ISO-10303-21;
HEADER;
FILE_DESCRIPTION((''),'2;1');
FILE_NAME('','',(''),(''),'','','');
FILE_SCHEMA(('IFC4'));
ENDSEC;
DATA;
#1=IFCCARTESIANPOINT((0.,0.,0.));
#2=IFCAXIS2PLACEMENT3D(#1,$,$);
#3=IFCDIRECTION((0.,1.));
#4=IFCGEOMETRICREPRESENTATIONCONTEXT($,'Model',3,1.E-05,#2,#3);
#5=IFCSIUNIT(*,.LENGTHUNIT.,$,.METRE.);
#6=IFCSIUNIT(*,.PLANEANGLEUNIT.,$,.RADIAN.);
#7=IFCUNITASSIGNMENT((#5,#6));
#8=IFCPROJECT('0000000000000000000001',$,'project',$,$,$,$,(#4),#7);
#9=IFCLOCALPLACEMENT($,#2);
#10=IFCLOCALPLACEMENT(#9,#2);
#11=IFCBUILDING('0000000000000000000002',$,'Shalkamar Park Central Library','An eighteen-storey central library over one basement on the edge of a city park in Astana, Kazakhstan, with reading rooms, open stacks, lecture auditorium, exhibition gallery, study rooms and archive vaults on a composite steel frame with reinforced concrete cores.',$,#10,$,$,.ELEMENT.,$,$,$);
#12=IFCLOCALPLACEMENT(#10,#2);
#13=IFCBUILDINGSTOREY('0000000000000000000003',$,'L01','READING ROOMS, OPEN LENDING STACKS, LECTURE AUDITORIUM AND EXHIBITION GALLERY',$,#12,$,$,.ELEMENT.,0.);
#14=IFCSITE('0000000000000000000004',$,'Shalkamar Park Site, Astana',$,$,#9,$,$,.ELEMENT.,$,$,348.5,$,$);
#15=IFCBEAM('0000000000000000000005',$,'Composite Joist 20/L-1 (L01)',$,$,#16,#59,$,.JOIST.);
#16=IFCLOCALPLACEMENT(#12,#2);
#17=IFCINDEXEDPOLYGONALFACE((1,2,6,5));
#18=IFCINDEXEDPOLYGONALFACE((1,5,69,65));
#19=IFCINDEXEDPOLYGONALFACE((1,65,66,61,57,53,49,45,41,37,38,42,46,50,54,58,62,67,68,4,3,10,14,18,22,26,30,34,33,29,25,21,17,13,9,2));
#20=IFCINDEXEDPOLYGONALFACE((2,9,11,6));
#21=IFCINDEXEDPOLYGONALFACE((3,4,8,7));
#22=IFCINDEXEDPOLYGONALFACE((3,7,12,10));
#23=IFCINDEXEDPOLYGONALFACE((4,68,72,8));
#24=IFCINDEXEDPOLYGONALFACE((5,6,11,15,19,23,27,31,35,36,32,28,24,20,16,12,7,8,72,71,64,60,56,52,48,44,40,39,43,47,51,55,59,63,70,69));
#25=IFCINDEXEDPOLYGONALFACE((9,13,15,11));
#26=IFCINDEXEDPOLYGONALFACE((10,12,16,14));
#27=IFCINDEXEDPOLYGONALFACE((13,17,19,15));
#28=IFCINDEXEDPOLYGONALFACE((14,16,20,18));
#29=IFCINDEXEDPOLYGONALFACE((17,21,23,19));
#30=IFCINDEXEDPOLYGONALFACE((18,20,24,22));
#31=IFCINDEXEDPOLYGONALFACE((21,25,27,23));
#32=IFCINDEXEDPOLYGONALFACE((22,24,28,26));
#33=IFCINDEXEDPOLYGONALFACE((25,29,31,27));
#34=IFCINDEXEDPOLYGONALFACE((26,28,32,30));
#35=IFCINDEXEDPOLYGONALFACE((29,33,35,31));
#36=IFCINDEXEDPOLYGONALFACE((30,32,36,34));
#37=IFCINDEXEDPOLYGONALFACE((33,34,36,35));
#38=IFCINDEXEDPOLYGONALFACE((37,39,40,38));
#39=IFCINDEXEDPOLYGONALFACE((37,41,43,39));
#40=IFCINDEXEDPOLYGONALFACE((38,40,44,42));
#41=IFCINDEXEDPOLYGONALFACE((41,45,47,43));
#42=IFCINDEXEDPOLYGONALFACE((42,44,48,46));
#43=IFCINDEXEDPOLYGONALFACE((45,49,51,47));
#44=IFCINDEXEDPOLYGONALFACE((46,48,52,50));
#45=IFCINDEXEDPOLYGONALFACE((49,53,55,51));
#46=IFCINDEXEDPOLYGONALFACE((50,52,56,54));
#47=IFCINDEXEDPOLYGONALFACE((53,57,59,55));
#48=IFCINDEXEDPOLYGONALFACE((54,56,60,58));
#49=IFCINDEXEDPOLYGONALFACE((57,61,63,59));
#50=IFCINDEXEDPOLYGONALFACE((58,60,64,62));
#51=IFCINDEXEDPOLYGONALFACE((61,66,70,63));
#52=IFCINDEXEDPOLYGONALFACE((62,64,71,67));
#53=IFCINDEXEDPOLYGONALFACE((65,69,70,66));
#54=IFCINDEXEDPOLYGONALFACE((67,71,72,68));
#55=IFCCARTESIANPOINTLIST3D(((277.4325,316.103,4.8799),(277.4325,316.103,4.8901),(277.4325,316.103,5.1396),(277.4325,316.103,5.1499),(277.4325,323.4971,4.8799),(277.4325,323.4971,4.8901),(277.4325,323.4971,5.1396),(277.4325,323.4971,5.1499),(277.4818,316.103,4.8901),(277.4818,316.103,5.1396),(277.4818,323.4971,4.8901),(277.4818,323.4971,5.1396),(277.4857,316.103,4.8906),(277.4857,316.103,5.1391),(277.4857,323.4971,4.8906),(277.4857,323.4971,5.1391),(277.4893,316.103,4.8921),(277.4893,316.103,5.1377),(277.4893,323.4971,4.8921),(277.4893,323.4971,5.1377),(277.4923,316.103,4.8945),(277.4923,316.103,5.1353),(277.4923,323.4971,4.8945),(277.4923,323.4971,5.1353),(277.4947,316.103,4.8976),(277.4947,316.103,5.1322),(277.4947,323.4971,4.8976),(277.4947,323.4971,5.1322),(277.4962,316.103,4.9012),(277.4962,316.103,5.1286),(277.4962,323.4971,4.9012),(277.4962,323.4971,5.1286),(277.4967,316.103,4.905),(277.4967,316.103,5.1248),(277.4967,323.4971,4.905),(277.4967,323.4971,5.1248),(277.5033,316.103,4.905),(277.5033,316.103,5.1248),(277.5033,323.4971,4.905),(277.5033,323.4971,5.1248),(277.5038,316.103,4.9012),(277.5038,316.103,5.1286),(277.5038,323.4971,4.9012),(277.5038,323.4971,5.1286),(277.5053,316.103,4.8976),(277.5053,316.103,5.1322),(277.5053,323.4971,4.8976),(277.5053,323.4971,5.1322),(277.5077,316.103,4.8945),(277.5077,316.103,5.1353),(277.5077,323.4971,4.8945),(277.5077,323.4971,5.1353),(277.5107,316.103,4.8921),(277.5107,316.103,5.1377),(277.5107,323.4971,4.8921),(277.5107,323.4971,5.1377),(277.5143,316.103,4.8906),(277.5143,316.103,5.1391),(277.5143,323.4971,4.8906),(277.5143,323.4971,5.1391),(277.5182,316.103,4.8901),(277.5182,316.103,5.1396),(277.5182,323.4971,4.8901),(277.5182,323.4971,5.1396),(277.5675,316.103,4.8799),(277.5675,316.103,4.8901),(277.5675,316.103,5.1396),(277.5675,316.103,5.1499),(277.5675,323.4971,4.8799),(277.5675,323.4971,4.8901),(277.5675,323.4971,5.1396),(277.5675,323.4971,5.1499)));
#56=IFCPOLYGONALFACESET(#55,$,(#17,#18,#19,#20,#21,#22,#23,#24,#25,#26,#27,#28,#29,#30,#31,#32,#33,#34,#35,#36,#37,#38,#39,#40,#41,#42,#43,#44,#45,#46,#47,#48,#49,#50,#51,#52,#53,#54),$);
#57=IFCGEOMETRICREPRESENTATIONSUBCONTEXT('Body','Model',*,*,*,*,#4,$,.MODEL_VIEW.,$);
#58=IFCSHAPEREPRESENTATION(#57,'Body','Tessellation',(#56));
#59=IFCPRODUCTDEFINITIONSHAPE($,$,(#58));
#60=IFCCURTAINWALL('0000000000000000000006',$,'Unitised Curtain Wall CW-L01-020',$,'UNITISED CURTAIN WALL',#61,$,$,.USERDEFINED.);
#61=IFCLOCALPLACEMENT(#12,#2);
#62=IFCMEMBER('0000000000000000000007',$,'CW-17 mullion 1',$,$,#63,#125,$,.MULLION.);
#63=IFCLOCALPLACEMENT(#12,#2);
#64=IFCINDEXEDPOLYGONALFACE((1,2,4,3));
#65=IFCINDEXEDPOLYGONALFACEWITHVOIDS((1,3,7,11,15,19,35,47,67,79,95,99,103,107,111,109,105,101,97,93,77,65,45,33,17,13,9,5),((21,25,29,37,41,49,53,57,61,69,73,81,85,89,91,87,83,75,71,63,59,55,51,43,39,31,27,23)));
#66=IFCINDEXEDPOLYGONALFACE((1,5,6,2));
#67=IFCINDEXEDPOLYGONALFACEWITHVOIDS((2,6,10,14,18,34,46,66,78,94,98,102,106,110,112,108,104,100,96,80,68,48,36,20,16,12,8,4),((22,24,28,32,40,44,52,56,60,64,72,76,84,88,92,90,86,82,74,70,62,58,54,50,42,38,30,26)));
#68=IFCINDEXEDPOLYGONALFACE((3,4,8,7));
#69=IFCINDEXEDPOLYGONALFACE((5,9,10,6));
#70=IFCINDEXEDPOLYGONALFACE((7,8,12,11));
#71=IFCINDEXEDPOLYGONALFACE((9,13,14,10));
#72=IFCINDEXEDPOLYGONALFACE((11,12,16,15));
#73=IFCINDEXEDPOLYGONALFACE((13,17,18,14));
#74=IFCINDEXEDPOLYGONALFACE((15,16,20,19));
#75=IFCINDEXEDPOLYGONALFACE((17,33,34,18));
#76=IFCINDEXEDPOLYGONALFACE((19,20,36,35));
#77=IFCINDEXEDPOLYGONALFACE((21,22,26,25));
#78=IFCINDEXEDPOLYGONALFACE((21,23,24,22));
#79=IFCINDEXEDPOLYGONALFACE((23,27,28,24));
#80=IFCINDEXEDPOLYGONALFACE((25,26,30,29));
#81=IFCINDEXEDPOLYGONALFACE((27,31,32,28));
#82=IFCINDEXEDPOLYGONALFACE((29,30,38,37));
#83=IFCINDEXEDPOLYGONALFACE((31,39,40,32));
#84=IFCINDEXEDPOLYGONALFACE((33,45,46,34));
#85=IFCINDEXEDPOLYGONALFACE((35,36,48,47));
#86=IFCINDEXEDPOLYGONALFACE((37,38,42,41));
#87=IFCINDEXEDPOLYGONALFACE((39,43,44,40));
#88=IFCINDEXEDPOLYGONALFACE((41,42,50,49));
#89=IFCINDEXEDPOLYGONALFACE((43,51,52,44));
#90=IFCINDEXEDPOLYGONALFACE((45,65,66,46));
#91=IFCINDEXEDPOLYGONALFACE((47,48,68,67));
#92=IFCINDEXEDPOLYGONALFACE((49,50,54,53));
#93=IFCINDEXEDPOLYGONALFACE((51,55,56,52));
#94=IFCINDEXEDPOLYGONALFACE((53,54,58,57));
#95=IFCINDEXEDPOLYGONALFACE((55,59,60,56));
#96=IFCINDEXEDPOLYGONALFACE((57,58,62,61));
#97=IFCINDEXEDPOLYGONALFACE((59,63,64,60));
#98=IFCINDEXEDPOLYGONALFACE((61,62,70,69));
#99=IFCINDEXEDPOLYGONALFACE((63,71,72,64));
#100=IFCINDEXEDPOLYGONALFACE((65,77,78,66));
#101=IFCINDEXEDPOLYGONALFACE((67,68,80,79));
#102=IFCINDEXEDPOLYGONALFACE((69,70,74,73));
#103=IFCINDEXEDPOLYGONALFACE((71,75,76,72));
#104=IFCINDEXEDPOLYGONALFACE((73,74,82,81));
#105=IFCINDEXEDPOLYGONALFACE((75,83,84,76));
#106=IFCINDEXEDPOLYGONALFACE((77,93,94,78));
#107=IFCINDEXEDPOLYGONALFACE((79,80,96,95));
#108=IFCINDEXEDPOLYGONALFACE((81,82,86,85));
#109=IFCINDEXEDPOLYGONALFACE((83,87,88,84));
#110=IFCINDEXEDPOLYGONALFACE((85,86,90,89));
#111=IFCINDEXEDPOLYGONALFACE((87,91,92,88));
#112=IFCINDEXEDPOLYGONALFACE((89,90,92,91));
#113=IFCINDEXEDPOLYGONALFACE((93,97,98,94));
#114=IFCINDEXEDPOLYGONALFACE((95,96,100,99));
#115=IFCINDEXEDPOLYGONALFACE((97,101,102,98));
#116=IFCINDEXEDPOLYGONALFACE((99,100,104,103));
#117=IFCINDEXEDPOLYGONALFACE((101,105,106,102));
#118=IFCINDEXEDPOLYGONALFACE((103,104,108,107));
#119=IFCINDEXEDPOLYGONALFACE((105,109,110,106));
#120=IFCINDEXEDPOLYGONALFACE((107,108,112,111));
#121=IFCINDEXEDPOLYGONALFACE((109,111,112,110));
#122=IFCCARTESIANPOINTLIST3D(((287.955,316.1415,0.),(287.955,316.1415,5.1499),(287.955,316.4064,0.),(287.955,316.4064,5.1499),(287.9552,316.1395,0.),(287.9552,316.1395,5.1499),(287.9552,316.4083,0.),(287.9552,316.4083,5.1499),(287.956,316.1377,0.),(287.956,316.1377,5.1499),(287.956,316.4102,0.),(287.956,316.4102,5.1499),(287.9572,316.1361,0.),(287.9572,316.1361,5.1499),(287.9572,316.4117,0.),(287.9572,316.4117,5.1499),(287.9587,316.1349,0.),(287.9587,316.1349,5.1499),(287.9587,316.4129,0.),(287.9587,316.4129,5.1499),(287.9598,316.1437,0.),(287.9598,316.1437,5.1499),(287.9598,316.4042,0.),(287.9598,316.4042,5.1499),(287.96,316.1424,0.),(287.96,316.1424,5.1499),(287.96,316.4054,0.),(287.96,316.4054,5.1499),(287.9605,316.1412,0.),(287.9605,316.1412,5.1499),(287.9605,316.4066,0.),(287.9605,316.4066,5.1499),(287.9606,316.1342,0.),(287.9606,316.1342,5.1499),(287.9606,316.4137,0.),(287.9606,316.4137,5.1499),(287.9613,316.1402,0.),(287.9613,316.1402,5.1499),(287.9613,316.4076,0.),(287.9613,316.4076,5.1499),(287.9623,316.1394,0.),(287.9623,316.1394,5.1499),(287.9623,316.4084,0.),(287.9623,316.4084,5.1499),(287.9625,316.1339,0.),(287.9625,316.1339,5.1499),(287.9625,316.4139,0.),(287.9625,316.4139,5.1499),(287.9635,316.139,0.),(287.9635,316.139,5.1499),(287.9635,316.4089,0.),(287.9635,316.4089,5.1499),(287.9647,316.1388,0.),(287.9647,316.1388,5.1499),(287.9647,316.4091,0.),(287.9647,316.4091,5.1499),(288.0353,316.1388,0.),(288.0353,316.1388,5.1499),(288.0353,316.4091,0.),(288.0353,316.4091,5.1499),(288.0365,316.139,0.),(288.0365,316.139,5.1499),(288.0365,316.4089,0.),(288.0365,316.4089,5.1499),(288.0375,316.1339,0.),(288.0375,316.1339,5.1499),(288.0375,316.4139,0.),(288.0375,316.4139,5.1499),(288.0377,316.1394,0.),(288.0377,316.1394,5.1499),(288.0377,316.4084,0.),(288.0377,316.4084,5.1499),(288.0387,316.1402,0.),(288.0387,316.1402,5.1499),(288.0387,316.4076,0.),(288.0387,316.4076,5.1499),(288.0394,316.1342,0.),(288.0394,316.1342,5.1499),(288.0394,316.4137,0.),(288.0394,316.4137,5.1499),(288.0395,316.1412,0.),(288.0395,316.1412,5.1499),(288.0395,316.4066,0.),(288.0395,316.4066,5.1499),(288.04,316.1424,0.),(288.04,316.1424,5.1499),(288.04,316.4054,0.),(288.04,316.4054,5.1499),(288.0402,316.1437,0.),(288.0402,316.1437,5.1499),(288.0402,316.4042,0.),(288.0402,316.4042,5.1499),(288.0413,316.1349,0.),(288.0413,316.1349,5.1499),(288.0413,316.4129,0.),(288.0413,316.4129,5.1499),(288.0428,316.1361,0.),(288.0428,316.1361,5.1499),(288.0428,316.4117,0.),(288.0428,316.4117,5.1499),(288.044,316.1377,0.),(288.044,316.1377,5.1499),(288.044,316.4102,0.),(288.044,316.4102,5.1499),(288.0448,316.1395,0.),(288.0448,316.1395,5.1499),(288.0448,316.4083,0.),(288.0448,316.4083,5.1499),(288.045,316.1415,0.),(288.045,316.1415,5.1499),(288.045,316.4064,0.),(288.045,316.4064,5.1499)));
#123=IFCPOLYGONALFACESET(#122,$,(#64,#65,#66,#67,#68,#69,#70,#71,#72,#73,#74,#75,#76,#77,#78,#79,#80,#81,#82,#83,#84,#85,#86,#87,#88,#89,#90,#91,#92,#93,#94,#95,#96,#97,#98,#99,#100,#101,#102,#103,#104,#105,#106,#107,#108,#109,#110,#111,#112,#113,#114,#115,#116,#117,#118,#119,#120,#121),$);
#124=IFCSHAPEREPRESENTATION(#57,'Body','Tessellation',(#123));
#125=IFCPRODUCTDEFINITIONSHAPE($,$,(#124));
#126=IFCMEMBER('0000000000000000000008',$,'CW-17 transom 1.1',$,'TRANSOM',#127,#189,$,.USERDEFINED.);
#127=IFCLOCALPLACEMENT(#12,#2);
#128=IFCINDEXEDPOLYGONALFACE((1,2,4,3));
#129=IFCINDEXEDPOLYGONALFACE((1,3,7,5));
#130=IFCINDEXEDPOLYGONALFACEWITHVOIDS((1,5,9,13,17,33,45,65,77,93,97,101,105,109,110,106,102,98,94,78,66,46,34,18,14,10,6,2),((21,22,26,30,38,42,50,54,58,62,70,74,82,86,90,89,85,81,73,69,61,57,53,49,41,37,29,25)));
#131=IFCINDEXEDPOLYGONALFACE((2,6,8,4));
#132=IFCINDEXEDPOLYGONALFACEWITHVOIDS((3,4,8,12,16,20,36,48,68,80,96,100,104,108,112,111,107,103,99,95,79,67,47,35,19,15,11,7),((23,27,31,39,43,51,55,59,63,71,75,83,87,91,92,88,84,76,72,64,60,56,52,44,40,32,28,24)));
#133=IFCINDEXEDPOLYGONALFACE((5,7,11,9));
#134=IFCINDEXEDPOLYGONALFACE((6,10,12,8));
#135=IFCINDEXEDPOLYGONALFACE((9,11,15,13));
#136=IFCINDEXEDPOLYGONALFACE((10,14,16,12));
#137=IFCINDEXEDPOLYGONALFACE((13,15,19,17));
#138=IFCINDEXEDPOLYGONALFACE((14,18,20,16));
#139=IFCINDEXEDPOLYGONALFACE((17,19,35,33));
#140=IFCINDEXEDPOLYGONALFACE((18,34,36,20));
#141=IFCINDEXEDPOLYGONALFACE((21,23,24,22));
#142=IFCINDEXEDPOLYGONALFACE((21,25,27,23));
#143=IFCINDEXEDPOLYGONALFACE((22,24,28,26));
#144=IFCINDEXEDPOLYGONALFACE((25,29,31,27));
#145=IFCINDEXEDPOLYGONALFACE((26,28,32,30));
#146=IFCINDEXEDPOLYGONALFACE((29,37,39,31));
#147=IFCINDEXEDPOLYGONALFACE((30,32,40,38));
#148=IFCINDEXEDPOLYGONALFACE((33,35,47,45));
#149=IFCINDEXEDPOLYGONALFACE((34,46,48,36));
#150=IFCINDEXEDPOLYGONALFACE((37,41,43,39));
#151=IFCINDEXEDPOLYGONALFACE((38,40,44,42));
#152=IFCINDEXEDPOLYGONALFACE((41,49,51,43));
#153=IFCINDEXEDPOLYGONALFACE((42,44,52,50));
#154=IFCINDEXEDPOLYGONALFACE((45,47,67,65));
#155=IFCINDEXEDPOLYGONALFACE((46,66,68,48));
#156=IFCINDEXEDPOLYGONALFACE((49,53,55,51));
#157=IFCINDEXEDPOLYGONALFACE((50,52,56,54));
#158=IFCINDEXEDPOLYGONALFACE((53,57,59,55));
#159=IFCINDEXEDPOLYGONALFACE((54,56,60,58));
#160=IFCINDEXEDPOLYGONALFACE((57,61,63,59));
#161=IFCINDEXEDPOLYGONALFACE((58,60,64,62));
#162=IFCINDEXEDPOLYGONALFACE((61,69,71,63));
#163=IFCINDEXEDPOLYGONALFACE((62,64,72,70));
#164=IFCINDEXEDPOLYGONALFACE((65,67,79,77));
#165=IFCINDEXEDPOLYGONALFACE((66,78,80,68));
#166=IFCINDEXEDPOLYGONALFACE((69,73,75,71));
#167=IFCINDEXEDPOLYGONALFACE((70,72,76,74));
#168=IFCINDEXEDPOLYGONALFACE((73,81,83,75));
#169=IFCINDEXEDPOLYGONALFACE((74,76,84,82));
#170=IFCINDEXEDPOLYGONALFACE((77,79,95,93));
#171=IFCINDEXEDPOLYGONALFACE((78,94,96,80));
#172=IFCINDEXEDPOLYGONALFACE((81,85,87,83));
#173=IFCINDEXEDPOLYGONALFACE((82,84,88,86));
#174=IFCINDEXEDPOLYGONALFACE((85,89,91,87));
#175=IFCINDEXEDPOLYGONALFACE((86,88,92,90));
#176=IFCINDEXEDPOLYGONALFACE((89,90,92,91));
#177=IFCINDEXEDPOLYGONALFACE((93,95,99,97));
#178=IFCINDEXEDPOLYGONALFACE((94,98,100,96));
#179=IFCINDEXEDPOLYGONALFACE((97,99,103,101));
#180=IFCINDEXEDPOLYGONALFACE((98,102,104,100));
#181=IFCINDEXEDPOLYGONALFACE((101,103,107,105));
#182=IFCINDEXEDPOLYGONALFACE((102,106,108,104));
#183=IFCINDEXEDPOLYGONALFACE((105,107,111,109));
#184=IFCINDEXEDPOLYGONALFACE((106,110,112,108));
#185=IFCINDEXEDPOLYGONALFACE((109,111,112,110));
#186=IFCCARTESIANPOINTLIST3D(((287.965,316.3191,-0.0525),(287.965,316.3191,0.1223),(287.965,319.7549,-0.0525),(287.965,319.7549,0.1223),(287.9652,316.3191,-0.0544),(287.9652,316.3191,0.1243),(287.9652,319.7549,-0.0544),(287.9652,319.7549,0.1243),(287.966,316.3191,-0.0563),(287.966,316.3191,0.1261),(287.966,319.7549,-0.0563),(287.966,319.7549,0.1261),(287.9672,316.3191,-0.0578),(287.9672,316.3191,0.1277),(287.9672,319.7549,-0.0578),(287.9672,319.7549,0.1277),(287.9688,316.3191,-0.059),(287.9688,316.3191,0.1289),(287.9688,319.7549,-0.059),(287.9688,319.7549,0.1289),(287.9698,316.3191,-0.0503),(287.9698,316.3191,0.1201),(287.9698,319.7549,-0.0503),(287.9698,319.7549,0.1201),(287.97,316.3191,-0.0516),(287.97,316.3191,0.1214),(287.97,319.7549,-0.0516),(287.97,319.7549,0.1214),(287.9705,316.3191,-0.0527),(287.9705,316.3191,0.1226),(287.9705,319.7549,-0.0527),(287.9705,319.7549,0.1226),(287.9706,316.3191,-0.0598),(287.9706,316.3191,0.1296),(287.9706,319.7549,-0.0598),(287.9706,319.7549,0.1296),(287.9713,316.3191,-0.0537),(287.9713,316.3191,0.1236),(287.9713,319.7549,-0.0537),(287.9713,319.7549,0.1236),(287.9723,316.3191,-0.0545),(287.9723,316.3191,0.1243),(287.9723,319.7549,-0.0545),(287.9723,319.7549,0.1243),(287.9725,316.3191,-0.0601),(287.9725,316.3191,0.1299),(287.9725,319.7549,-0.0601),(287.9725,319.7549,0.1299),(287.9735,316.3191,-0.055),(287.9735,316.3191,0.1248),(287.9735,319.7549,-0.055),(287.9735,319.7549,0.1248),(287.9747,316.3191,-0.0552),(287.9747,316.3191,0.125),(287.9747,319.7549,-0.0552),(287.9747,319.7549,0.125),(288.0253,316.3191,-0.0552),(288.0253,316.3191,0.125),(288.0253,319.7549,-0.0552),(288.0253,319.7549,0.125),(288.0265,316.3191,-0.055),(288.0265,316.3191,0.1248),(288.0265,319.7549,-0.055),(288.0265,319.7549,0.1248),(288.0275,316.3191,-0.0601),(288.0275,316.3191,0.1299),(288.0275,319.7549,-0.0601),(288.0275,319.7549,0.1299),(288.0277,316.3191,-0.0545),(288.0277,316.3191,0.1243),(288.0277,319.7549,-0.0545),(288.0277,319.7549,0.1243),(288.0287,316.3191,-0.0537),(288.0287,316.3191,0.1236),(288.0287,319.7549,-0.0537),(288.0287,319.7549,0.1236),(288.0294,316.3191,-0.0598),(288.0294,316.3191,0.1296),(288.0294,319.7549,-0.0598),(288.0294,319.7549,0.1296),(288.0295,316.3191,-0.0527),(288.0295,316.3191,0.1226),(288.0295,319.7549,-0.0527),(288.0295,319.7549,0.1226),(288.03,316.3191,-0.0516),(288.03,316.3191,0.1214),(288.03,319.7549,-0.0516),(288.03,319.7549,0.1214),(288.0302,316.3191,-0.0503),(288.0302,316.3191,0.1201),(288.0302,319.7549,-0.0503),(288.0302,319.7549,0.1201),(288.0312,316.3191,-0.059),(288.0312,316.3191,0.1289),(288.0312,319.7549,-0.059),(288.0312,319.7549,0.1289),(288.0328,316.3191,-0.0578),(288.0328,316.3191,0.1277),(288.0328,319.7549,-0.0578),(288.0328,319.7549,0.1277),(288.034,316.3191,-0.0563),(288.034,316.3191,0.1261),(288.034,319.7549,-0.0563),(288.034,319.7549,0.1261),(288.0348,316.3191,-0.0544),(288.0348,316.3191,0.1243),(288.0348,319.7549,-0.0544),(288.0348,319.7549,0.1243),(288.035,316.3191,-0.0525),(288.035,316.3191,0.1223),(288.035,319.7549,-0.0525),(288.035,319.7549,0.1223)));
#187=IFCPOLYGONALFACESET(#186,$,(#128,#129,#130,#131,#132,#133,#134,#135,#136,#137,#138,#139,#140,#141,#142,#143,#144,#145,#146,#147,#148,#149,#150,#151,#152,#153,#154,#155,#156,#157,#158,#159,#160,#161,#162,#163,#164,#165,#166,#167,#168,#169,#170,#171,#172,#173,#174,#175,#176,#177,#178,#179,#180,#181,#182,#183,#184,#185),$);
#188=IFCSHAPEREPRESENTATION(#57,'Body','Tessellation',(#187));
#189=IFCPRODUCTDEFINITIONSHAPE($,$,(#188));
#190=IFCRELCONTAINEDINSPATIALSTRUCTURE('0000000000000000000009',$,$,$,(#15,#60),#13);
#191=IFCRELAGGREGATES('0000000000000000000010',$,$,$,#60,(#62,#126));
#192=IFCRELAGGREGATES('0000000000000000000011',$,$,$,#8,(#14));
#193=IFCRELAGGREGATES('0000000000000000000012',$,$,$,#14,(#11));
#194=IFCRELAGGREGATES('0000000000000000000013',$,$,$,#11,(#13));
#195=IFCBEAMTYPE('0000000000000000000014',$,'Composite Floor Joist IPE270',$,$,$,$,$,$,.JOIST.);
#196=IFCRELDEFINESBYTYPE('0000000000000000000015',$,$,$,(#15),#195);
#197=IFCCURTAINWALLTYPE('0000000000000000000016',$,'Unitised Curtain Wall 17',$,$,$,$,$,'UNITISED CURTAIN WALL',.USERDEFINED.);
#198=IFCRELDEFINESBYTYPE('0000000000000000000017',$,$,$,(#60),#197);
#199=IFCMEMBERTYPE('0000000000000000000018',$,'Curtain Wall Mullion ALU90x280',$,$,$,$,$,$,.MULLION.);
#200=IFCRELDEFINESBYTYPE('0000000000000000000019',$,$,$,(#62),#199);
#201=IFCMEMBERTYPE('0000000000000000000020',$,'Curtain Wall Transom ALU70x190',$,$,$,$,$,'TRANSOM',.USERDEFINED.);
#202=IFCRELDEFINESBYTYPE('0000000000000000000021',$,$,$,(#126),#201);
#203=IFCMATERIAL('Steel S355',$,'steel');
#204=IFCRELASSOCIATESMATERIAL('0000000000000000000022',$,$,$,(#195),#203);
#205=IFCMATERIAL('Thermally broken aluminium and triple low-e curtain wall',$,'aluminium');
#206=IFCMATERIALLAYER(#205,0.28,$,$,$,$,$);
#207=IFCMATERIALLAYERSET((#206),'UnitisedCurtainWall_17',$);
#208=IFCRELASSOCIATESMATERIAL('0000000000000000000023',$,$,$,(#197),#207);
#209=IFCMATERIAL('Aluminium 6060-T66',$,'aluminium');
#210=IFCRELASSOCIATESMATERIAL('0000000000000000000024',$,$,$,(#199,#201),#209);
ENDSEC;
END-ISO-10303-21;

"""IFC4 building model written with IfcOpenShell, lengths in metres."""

from ifc_helpers import new_model, si_unit, direction, frame, origin, origin_2d, place, context, subcontext, project, spatial, hollow_rectangle, i_section, extrude, material, layer, layer_set, material_profile, profile_set, type_object, element, aggregate, save


model = new_model("IFC4")

# Units and contexts
model_context = context("Model", 3, precision=1e-05, world=origin(), true_north=direction((0.0, 1.0)))
body_context = subcontext(model_context, "Body", "Model", "MODEL_VIEW")
ifc_project = project(units=[si_unit("LENGTHUNIT", "METRE"), si_unit("PLANEANGLEUNIT", "RADIAN")], contexts=[model_context])

# Site, building, storey
site_placement = place(None, origin())
site = spatial("IfcSite", under=ifc_project, at=site_placement, Name="Shalkamar Park Site, Astana", CompositionType="ELEMENT", RefElevation=348.5)
building_placement = place(site_placement, origin())
building = spatial("IfcBuilding", under=site, at=building_placement, Name="Shalkamar Park Central Library", Description="An eighteen-storey central library over one basement on the edge of a city park in Astana, Kazakhstan, with reading rooms, open stacks, lecture auditorium, exhibition gallery, study rooms and archive vaults on a composite steel frame with reinforced concrete cores.", CompositionType="ELEMENT")
storey_placement = place(building_placement, origin())
storey = spatial("IfcBuildingStorey", under=building, at=storey_placement, Name="L01", Description="READING ROOMS, OPEN LENDING STACKS, LECTURE AUDITORIUM AND EXHIBITION GALLERY", CompositionType="ELEMENT", Elevation=0.0)

# Shared definitions
ifc_material_1 = material(Name="Steel S355", Category="steel")

# Beam
ifc_material_profile_1 = material_profile(ifc_material_1, i_section(OverallWidth=0.135, OverallDepth=0.27, WebThickness=0.0066, FlangeThickness=0.0103, FilletRadius=0.0149, at=origin_2d()), Name="IPE 270")
ifc_profile_set_1 = profile_set([ifc_material_profile_1], Name="Steel S355")
beam_type_1 = type_object("IfcBeamType", Name="Composite Floor Joist IPE270", PredefinedType="JOIST", material=ifc_profile_set_1)
for number, where, z_axis, x_axis, name in (
    (1, (277.5, 316.103, 5.0149), (0.0, 1.0, 0.0), (-1.0, 0.0, 0.0), "Composite Joist 20/L-1 (L01)"),
):
    element("IfcBeam", number, at=place(storey_placement, frame(where, z_axis=z_axis, x_axis=x_axis)), inside=storey, type_object=beam_type_1, Name=name, PredefinedType="JOIST", context=body_context, shape_type="SweptSolid", body=[
        extrude(i_section(OverallWidth=0.135, OverallDepth=0.27, WebThickness=0.0066, FlangeThickness=0.0103, FilletRadius=0.0149, at=origin_2d()), origin(), (0.0, 0.0, 1.0), 7.394),
    ])

# Curtain wall, members
ifc_material_2 = material(Name="Thermally broken aluminium and triple low-e curtain wall", Category="aluminium")
ifc_layer_1 = layer(ifc_material_2, 0.28)
ifc_layer_set_1 = layer_set([ifc_layer_1], Name="UnitisedCurtainWall_17")
curtain_wall_type = type_object("IfcCurtainWallType", Name="Unitised Curtain Wall 17", ElementType="UNITISED CURTAIN WALL", PredefinedType="USERDEFINED", material=ifc_layer_set_1)
curtain_wall_placement = place(storey_placement, origin())
curtain_wall = element("IfcCurtainWall", 2, at=curtain_wall_placement, inside=storey, type_object=curtain_wall_type, Name="Unitised Curtain Wall CW-L01-020", ObjectType="UNITISED CURTAIN WALL", PredefinedType="USERDEFINED")
ifc_material_3 = material(Name="Aluminium 6060-T66", Category="aluminium")
ifc_material_profile_2 = material_profile(ifc_material_3, hollow_rectangle(XDim=0.0901, YDim=0.28, WallThickness=0.0049, InnerFilletRadius=0.0049, OuterFilletRadius=0.0076, at=origin_2d()), Name="ALU 90x280x5")
ifc_profile_set_2 = profile_set([ifc_material_profile_2], Name="Aluminium 6060-T66")
member_type_1 = type_object("IfcMemberType", Name="Curtain Wall Mullion ALU90x280", PredefinedType="MULLION", material=ifc_profile_set_2)
member_1_placement = place(storey_placement, frame((288.0, 316.2739, 0.0), z_axis=(0.0, 0.0, 1.0), x_axis=(-1.0, 0.0, 0.0)))
member_1 = element("IfcMember", 3, at=member_1_placement, type_object=member_type_1, Name="CW-17 mullion 1", PredefinedType="MULLION", context=body_context, shape_type="SweptSolid", body=[
    extrude(hollow_rectangle(XDim=0.0901, YDim=0.28, WallThickness=0.0049, InnerFilletRadius=0.0049, OuterFilletRadius=0.0076, at=origin_2d()), origin(), (0.0, 0.0, 1.0), 5.1499),
])
ifc_material_profile_3 = material_profile(ifc_material_3, hollow_rectangle(XDim=0.0701, YDim=0.1899, WallThickness=0.0049, InnerFilletRadius=0.0049, OuterFilletRadius=0.0076, at=origin_2d()), Name="ALU 70x190x5")
ifc_profile_set_3 = profile_set([ifc_material_profile_3], Name="Aluminium 6060-T66")
member_type_2 = type_object("IfcMemberType", Name="Curtain Wall Transom ALU70x190", ElementType="TRANSOM", PredefinedType="USERDEFINED", material=ifc_profile_set_3)
member_2_placement = place(storey_placement, frame((288.0, 316.3191, 0.0349), z_axis=(0.0, 1.0, 0.0), x_axis=(-1.0, 0.0, 0.0)))
member_2 = element("IfcMember", 4, at=member_2_placement, type_object=member_type_2, Name="CW-17 transom 1.1", ObjectType="TRANSOM", PredefinedType="USERDEFINED", context=body_context, shape_type="SweptSolid", body=[
    extrude(hollow_rectangle(XDim=0.0701, YDim=0.1899, WallThickness=0.0049, InnerFilletRadius=0.0049, OuterFilletRadius=0.0076, at=origin_2d()), origin(), (0.0, 0.0, 1.0), 3.4358),
])
aggregate(curtain_wall, [member_1, member_2])

save(model, "model.ifc")
